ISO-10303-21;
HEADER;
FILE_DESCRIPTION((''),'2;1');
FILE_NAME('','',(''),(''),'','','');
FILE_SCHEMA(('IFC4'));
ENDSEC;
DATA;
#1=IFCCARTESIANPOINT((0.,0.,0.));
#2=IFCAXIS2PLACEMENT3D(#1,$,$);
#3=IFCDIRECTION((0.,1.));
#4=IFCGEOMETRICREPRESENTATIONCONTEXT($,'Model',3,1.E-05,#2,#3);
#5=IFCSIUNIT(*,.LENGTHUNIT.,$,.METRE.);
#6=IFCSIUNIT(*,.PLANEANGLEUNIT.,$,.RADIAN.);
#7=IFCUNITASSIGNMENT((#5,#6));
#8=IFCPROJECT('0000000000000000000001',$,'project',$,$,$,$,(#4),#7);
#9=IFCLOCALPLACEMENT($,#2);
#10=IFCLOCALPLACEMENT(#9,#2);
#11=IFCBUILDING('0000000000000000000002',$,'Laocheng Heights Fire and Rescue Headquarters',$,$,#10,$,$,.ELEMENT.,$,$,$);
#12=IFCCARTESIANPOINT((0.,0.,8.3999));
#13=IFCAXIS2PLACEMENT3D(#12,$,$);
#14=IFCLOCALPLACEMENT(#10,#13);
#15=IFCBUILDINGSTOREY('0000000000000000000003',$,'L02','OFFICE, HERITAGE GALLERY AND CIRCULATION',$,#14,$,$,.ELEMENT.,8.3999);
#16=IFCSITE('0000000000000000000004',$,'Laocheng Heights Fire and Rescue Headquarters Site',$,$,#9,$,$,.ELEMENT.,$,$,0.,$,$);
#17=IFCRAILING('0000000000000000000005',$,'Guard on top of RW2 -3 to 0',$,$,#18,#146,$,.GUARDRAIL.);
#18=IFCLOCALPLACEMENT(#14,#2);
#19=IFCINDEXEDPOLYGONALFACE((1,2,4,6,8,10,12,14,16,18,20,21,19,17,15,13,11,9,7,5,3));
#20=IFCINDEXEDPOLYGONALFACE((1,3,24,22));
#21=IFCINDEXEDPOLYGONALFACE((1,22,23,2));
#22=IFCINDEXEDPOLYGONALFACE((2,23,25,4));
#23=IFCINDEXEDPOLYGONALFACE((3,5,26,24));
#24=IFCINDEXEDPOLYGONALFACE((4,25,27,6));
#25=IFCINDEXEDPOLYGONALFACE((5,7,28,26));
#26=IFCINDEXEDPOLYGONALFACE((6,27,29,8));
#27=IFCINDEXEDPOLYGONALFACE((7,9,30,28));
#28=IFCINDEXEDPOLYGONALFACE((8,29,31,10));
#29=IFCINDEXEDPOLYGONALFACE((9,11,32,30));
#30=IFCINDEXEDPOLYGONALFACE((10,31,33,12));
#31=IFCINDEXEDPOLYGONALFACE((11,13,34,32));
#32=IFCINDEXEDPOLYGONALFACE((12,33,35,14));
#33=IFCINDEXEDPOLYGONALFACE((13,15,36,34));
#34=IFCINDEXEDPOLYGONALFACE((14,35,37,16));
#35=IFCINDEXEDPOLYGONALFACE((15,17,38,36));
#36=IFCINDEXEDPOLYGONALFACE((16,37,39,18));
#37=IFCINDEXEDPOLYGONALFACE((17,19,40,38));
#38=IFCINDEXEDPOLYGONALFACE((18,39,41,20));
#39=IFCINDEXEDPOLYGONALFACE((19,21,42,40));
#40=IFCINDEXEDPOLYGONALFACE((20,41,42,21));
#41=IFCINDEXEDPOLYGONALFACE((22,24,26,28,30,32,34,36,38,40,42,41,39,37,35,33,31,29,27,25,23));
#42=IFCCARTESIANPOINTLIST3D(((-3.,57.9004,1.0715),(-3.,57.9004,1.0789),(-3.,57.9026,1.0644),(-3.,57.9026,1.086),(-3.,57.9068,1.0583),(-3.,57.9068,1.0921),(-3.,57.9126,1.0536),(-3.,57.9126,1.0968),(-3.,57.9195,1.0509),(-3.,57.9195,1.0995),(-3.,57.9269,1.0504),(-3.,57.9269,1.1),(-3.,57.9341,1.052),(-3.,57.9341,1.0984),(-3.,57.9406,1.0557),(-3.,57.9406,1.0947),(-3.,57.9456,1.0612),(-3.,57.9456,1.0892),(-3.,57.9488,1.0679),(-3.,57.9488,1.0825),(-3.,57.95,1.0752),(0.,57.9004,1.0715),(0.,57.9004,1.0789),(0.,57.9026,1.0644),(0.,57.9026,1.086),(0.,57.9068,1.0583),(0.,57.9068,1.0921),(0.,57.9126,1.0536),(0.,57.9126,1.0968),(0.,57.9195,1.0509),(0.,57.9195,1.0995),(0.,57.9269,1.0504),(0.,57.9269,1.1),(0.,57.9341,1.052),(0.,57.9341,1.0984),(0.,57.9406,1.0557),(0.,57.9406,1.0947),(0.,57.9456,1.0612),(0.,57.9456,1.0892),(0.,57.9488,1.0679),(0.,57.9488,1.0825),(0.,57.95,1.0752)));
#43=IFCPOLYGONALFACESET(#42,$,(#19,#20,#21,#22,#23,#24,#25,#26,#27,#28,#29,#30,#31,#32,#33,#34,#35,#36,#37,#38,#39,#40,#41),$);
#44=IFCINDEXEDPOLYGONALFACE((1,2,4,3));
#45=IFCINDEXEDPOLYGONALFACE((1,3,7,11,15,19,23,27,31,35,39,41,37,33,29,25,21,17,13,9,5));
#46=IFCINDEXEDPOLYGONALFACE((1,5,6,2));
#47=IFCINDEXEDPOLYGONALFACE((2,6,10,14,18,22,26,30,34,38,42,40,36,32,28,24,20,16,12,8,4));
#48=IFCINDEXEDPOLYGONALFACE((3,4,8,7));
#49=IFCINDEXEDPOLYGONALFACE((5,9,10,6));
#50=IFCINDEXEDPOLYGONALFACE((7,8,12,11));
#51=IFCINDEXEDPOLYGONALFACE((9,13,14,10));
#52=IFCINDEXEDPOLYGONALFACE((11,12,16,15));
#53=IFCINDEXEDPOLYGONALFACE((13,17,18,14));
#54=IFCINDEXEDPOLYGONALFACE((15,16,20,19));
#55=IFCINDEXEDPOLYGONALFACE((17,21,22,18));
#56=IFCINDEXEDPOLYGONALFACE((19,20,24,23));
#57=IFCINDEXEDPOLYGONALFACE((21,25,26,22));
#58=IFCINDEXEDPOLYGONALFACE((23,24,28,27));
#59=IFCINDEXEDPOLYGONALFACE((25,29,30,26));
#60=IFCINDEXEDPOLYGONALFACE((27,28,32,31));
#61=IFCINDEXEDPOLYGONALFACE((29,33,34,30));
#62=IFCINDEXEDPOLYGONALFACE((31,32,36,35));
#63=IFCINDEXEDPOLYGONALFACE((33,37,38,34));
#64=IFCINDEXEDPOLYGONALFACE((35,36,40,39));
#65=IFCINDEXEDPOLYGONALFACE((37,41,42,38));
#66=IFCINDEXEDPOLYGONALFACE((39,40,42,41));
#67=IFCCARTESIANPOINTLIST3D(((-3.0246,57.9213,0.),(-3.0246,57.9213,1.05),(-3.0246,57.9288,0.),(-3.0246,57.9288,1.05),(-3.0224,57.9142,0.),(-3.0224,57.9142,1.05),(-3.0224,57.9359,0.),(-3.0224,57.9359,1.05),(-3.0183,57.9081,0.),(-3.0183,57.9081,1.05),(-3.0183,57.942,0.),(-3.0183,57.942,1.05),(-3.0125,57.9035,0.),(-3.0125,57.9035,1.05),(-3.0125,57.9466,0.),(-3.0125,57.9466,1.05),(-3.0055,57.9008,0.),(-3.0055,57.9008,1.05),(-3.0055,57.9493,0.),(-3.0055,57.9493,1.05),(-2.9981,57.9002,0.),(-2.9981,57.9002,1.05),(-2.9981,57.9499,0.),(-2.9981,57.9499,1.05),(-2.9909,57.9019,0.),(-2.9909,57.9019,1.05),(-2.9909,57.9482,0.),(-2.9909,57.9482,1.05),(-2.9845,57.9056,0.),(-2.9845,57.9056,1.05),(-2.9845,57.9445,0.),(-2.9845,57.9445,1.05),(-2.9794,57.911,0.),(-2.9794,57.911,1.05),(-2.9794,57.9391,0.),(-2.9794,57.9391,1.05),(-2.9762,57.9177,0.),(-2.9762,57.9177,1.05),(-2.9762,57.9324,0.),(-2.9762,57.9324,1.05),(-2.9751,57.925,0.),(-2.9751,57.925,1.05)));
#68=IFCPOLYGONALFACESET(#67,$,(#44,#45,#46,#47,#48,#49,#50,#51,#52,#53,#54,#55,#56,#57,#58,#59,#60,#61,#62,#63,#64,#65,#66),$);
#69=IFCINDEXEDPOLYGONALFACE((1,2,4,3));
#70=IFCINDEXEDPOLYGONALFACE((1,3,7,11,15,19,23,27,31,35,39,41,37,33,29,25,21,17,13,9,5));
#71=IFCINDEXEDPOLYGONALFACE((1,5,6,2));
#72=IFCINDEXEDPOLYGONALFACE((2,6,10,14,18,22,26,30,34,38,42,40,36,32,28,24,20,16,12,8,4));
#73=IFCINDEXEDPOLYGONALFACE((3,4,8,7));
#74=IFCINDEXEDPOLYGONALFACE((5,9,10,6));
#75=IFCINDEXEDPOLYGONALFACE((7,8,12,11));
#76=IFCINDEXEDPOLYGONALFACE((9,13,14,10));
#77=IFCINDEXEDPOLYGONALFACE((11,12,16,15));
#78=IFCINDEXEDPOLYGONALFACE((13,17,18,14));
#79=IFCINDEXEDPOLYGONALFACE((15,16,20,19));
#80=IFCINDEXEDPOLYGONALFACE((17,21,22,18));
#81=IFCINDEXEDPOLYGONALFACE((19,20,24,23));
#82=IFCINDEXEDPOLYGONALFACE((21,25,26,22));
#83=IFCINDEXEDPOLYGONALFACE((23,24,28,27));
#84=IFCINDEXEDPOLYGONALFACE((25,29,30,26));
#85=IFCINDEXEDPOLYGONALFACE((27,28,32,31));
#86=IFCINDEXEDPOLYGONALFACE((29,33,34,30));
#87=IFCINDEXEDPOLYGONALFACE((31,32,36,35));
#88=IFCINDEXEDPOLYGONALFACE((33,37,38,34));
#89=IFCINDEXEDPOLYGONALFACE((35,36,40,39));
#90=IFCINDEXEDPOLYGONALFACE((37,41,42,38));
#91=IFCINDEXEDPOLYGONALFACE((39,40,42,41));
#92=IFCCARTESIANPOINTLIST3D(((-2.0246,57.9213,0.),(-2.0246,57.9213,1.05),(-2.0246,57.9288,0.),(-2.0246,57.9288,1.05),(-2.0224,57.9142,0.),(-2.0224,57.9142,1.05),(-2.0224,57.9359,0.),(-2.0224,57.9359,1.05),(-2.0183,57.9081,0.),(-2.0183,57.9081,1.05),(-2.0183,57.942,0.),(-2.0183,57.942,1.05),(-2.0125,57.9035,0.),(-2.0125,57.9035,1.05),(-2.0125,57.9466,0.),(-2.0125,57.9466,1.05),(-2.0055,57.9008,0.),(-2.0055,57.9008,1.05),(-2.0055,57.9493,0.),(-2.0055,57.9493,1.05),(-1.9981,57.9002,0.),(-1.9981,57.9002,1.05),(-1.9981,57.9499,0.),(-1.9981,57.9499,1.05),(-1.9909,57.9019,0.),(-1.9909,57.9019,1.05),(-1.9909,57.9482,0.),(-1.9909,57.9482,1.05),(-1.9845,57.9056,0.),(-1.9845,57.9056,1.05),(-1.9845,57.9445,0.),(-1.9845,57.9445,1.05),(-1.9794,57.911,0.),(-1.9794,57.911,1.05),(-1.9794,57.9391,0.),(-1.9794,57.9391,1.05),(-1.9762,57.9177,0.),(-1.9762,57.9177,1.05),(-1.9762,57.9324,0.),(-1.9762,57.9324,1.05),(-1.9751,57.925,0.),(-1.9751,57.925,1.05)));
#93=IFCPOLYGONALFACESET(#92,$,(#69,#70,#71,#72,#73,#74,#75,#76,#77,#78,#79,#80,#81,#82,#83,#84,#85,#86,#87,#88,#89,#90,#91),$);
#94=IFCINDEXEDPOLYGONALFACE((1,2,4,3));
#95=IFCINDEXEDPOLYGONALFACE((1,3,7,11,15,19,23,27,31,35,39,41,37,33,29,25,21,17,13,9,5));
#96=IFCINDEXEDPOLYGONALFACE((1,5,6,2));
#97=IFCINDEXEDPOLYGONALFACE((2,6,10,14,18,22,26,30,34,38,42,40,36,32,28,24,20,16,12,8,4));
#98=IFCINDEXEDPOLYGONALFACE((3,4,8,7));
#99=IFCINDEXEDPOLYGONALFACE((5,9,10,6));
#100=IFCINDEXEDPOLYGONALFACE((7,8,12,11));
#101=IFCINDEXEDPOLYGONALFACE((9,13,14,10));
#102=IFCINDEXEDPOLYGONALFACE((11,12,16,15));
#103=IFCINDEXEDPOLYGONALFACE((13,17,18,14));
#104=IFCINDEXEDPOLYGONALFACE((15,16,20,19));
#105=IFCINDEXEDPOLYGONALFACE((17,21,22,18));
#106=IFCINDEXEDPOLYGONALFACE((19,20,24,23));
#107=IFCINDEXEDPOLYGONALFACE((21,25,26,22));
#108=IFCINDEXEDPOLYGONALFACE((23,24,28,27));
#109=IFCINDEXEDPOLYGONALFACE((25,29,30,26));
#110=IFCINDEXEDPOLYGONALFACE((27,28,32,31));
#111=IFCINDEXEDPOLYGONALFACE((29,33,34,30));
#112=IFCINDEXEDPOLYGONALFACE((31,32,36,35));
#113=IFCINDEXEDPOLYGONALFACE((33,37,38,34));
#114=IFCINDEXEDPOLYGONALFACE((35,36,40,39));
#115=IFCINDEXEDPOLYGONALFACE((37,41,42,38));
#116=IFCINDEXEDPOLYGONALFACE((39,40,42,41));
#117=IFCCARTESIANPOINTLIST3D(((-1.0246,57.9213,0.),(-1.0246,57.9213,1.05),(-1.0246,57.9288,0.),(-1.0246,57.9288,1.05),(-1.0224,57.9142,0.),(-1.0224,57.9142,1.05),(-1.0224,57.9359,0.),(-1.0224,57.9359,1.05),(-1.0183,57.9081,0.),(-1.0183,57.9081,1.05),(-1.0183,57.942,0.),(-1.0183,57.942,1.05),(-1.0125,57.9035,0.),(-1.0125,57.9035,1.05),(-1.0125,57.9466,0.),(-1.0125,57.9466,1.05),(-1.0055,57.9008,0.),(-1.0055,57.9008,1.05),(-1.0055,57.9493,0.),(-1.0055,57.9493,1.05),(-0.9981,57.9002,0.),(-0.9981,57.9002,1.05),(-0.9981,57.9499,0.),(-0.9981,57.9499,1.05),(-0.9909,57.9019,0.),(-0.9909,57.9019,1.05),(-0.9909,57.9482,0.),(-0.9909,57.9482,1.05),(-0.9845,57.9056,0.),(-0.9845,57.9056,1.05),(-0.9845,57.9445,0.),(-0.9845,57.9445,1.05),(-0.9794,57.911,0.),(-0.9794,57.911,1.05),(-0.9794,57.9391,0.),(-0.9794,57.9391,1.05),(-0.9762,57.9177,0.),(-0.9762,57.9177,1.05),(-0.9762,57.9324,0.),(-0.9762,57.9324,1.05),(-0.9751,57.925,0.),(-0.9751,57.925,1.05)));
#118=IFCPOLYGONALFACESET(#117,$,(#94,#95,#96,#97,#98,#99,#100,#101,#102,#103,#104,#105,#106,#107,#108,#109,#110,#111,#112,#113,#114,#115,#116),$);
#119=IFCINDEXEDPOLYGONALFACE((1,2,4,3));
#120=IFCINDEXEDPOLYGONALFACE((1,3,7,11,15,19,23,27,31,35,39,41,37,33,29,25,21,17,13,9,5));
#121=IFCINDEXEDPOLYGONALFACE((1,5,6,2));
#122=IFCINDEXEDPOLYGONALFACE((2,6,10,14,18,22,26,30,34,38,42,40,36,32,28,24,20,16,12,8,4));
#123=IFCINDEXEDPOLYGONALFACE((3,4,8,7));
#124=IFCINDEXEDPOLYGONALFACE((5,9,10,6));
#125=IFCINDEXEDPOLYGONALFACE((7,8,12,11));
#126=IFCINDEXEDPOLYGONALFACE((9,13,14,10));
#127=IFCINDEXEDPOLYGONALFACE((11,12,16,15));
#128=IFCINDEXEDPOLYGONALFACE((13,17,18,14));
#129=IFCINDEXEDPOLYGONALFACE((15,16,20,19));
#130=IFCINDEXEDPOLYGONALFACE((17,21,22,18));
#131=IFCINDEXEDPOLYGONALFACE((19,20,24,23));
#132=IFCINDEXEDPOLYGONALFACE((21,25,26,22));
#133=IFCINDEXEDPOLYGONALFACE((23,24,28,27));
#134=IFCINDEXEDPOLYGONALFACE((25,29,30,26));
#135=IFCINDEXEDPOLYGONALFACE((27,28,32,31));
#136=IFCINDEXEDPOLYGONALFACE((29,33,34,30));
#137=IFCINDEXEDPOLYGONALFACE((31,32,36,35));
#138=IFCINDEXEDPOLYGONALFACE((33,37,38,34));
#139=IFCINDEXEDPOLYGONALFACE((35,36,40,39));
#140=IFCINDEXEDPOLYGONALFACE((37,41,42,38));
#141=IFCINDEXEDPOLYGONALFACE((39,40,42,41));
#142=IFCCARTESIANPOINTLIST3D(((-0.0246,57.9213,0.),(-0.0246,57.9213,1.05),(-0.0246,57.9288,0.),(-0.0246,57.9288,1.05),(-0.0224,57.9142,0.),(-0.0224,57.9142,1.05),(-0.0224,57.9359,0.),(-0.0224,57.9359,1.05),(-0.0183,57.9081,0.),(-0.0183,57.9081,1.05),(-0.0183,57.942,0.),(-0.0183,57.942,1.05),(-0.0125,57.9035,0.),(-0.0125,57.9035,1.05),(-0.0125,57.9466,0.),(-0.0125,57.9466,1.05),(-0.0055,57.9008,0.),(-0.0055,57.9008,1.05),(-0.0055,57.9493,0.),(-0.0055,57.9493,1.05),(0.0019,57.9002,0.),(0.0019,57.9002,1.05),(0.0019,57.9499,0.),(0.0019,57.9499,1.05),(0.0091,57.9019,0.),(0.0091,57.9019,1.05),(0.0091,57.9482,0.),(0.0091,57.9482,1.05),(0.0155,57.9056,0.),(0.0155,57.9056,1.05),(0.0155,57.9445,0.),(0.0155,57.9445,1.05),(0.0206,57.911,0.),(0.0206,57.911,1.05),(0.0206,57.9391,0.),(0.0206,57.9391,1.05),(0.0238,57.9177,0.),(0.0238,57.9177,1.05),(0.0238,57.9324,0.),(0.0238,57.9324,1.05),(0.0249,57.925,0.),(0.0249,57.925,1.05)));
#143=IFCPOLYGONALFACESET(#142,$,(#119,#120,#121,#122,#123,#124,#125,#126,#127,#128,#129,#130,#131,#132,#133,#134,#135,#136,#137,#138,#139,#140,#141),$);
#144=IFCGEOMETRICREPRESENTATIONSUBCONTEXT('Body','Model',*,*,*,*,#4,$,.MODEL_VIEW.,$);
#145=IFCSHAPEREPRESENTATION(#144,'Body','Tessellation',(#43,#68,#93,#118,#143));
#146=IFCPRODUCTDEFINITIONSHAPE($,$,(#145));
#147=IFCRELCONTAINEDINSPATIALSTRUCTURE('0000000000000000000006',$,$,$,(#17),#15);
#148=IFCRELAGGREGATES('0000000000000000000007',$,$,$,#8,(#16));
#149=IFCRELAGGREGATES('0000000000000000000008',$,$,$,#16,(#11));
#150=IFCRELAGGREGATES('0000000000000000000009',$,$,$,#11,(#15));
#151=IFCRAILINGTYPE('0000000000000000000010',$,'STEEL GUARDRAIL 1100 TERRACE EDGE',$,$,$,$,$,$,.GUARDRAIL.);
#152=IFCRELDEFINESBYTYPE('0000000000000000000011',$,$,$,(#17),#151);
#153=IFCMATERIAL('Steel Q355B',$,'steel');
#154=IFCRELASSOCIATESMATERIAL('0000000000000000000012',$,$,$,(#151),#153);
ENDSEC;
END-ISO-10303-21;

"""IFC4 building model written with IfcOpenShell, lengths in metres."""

from ifc_helpers import new_model, si_unit, direction, frame, origin, origin_2d, place, context, subcontext, project, spatial, circle, extrude, material, type_object, element, save


model = new_model("IFC4")

# Units and contexts
model_context = context("Model", 3, precision=1e-05, world=origin(), true_north=direction((0.0, 1.0)))
body_context = subcontext(model_context, "Body", "Model", "MODEL_VIEW")
ifc_project = project(units=[si_unit("LENGTHUNIT", "METRE"), si_unit("PLANEANGLEUNIT", "RADIAN")], contexts=[model_context])

# Site, building, storey
site_placement = place(None, origin())
site = spatial("IfcSite", under=ifc_project, at=site_placement, Name="Laocheng Heights Fire and Rescue Headquarters Site", CompositionType="ELEMENT", RefElevation=0.0)
building_placement = place(site_placement, origin())
building = spatial("IfcBuilding", under=site, at=building_placement, Name="Laocheng Heights Fire and Rescue Headquarters", CompositionType="ELEMENT")
storey_placement = place(building_placement, frame((0.0, 0.0, 8.3999)))
storey = spatial("IfcBuildingStorey", under=building, at=storey_placement, Name="L02", Description="OFFICE, HERITAGE GALLERY AND CIRCULATION", CompositionType="ELEMENT", Elevation=8.3999)

# Railing
ifc_material_1 = material(Name="Steel Q355B", Category="steel")
railing_type_1 = type_object("IfcRailingType", Name="STEEL GUARDRAIL 1100 TERRACE EDGE", PredefinedType="GUARDRAIL", material=ifc_material_1)
railing_1_placement = place(storey_placement, frame((-3.0, 57.925, 0.0)))
element("IfcRailing", 1, at=railing_1_placement, inside=storey, type_object=railing_type_1, Name="Guard on top of RW2 -3 to 0", PredefinedType="GUARDRAIL", context=body_context, shape_type="SweptSolid", body=[
    extrude(circle(Radius=0.0249, at=origin_2d()), frame((0.0, 0.0, 1.0752), z_axis=(1.0, 0.0, 0.0), x_axis=(0.0, 1.0, 0.0)), (0.0, 0.0, 1.0), 3.0),
    extrude(circle(Radius=0.0249, at=origin_2d()), origin(), (0.0, 0.0, 1.0), 1.05),
    extrude(circle(Radius=0.0249, at=origin_2d()), frame((1.0, 0.0, 0.0)), (0.0, 0.0, 1.0), 1.05),
    extrude(circle(Radius=0.0249, at=origin_2d()), frame((2.0, 0.0, 0.0)), (0.0, 0.0, 1.0), 1.05),
    extrude(circle(Radius=0.0249, at=origin_2d()), frame((3.0, 0.0, 0.0)), (0.0, 0.0, 1.0), 1.05),
])

save(model, "model.ifc")
